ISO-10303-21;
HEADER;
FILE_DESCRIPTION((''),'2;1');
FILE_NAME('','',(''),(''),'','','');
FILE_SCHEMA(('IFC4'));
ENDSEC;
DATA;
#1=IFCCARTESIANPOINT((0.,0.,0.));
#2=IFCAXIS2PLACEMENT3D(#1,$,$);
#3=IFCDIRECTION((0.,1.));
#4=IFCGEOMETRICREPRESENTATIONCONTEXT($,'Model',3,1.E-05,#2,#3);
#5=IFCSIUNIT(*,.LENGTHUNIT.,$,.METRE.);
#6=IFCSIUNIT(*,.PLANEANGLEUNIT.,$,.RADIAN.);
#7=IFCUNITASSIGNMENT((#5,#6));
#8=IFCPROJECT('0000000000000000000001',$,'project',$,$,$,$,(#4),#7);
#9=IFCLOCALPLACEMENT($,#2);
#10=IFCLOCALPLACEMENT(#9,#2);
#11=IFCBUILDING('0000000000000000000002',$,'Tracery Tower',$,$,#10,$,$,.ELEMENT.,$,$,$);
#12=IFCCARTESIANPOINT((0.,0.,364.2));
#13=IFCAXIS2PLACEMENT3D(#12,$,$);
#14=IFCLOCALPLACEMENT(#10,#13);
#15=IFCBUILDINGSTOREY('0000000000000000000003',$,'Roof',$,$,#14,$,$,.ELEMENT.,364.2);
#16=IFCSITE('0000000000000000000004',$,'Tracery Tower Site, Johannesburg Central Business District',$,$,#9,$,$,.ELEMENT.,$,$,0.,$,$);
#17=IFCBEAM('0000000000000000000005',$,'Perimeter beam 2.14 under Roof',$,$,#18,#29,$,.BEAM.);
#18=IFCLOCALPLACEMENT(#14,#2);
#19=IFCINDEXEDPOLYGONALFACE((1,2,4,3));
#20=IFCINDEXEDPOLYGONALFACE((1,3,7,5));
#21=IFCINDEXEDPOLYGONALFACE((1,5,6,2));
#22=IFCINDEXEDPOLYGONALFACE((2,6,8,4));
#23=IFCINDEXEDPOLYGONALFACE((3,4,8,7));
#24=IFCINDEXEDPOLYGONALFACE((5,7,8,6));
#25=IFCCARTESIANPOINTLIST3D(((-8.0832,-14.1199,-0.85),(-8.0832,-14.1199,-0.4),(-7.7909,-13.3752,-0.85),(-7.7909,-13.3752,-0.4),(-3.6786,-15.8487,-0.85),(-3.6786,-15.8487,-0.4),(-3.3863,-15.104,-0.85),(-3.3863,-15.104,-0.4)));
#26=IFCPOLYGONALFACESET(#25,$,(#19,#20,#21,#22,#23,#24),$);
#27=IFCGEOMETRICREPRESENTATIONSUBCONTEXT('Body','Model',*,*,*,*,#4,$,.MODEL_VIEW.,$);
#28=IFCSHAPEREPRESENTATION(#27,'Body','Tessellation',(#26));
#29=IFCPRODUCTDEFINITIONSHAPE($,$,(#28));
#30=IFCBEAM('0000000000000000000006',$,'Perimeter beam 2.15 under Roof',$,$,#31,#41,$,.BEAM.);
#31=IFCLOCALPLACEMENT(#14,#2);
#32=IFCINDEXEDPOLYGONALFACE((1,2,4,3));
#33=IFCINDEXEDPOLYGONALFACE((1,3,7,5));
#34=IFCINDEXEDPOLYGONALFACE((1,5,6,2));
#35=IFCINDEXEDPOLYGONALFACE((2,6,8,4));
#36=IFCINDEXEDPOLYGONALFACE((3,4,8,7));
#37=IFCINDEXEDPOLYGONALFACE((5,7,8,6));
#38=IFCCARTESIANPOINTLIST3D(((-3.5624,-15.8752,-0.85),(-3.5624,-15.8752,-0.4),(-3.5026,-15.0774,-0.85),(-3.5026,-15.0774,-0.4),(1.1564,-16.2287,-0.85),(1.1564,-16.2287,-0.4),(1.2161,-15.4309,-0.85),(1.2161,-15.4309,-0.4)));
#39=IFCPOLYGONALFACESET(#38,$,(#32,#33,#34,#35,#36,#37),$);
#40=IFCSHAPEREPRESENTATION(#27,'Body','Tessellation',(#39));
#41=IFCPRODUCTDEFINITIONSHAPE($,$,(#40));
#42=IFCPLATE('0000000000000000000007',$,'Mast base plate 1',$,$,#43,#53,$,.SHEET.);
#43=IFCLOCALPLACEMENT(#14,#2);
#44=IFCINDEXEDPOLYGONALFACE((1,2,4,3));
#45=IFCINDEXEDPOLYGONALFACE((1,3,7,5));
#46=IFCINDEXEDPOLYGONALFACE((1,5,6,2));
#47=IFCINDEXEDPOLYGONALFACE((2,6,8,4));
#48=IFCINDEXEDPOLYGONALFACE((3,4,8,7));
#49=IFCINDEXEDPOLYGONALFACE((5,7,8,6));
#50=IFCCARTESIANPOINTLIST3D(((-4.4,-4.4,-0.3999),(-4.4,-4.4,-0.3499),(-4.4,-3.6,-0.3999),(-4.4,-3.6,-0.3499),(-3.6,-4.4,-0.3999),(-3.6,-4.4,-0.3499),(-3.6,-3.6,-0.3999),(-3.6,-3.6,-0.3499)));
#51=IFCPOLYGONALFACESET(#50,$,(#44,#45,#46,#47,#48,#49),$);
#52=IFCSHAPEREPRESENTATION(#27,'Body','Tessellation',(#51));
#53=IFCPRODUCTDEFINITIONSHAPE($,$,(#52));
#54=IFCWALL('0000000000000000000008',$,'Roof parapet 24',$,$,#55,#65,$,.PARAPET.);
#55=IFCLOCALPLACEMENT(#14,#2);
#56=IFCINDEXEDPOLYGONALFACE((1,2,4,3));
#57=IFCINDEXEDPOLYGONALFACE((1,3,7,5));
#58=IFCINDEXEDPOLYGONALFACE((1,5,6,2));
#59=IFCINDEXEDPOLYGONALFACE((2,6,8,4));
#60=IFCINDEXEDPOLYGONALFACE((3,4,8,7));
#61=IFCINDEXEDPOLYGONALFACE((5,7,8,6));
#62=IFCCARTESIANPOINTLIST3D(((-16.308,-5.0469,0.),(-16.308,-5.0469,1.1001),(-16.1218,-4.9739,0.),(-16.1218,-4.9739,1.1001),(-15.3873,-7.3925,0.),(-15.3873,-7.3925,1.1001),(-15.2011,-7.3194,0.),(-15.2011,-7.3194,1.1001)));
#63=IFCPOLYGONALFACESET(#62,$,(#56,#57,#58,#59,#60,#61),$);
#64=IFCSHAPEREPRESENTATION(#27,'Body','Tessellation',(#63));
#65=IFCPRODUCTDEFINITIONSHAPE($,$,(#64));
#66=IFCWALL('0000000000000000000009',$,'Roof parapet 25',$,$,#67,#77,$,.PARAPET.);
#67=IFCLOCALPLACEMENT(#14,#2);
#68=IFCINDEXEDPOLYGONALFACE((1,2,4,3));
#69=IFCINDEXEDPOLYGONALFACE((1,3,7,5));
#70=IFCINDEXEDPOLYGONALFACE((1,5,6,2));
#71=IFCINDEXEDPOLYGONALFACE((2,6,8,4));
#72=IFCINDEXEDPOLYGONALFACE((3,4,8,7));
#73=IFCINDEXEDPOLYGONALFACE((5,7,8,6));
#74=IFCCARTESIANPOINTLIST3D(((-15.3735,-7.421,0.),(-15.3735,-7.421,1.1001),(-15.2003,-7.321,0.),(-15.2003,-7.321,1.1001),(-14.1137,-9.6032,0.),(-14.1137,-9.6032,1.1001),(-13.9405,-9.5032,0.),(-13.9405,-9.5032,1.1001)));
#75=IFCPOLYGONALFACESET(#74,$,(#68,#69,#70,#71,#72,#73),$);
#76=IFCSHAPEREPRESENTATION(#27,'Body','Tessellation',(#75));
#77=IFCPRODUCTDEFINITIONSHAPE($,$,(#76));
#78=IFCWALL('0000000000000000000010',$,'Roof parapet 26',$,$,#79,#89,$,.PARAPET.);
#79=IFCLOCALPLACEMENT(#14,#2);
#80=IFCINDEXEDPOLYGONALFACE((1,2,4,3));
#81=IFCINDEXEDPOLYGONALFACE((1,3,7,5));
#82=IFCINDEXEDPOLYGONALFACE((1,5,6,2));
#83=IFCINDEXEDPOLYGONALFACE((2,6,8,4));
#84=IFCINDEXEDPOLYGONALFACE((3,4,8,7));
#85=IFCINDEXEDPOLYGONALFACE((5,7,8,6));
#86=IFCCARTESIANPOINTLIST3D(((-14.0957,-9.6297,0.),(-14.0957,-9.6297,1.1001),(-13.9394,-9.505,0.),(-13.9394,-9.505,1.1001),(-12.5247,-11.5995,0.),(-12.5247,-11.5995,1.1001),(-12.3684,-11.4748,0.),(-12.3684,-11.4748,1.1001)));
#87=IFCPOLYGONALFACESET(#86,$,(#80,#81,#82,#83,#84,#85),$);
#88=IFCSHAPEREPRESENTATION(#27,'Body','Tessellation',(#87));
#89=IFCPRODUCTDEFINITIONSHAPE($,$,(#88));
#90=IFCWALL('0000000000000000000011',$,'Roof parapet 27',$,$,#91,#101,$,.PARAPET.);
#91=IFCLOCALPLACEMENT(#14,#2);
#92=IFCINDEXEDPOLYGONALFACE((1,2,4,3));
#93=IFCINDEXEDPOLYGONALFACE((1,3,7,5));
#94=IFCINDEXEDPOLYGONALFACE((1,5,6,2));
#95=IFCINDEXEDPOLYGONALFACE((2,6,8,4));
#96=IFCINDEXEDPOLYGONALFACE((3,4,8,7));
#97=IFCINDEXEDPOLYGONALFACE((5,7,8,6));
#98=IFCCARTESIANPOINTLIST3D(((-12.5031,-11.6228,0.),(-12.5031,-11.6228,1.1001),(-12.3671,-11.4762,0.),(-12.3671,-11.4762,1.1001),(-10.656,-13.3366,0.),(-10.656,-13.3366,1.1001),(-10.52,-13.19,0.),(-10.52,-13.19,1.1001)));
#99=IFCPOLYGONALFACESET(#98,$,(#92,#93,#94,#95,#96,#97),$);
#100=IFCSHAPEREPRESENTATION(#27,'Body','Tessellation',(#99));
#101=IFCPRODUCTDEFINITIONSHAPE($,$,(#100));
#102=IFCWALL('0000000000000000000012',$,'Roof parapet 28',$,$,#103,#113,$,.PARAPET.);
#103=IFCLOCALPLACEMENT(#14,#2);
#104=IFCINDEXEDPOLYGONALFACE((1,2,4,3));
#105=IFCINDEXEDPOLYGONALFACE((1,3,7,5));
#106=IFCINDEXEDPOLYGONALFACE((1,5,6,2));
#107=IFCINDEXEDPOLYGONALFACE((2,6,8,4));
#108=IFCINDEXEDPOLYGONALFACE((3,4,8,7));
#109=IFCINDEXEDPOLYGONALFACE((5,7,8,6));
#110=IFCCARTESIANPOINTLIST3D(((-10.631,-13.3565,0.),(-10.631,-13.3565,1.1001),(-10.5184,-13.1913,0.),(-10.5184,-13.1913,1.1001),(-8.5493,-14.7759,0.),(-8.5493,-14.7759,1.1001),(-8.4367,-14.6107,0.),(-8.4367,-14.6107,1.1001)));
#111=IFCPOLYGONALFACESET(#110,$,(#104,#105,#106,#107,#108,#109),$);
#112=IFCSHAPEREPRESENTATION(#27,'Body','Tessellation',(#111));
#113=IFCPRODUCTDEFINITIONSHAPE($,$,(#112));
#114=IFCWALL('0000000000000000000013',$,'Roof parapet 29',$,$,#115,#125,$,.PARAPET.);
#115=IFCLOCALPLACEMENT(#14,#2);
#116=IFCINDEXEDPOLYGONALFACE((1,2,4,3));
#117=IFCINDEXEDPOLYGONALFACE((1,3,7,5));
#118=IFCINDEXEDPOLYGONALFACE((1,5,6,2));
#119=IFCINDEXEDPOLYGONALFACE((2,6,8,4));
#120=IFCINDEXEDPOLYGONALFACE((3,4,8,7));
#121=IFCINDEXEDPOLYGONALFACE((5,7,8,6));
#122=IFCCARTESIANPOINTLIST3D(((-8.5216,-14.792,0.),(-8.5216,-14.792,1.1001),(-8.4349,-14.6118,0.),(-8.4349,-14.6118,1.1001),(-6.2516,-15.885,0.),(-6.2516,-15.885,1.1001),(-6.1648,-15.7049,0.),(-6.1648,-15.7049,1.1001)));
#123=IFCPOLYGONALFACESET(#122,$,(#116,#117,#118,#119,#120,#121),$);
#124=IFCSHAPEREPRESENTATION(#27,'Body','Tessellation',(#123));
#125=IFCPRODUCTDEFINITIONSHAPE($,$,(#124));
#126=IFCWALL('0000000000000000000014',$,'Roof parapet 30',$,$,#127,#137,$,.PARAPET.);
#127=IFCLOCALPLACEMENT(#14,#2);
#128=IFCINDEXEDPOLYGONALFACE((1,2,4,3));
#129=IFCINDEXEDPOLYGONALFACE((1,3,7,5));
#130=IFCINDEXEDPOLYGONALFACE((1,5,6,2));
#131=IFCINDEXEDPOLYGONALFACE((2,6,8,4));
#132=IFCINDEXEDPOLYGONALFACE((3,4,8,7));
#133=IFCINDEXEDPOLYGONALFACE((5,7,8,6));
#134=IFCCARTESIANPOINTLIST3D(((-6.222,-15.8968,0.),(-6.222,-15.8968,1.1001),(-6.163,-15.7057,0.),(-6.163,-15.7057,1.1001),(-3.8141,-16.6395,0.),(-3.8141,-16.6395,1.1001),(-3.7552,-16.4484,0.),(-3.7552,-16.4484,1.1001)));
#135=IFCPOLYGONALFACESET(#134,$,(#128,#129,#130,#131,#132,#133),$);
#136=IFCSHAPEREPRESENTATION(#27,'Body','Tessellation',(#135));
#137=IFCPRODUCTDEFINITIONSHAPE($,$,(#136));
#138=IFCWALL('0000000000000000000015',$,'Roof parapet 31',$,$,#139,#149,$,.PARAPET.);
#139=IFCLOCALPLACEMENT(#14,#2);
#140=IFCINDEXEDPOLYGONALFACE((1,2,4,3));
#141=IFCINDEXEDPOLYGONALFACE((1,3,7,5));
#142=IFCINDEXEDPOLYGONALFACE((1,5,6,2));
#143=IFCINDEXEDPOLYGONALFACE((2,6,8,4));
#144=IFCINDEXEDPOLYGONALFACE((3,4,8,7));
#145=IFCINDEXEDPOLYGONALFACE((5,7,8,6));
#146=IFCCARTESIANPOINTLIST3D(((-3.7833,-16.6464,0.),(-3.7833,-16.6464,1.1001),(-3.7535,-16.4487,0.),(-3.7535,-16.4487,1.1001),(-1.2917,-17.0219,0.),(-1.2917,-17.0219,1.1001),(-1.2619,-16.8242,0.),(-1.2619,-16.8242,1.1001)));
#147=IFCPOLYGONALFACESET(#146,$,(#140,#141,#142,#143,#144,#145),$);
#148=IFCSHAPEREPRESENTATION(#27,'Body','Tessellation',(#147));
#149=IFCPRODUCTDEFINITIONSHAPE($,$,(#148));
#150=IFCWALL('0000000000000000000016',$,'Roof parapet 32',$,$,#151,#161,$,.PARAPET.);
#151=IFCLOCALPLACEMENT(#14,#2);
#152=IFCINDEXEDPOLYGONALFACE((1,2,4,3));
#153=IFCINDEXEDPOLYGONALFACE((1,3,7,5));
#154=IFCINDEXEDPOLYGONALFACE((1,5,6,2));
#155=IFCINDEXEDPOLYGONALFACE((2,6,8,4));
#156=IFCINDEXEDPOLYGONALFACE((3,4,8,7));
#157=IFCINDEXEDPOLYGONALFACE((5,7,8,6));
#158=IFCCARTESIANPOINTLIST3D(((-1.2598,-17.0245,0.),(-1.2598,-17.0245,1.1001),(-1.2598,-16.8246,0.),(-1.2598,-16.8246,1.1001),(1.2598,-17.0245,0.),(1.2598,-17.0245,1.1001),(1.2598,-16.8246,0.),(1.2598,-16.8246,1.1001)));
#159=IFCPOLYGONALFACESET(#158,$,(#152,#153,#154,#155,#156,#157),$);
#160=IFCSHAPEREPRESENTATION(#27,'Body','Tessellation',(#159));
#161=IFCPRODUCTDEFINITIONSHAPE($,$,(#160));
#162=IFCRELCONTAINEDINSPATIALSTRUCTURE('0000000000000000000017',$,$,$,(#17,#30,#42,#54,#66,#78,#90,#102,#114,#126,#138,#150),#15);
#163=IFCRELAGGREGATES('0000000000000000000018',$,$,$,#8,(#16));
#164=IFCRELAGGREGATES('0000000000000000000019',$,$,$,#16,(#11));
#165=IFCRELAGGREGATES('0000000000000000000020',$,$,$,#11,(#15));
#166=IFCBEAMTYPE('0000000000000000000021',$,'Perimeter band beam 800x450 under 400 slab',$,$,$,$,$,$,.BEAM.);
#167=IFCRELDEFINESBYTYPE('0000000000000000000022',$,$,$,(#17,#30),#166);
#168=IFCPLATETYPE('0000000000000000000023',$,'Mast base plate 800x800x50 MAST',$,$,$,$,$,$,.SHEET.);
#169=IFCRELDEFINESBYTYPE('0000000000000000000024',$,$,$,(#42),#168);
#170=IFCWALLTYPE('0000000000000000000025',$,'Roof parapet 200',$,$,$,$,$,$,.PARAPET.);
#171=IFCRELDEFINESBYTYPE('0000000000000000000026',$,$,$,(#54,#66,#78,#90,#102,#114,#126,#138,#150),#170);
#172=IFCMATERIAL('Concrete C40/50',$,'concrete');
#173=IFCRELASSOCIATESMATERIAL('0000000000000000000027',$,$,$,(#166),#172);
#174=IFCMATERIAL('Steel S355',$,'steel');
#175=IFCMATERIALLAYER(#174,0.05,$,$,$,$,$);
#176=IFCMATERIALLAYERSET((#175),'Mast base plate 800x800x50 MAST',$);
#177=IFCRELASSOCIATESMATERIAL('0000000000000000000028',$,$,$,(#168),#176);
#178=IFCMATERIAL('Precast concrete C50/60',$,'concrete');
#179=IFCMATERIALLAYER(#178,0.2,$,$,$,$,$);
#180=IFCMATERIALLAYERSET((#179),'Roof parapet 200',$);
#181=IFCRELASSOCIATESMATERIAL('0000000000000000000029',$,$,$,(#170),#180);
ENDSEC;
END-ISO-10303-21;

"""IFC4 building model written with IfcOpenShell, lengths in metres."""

from ifc_helpers import new_model, si_unit, direction, frame, frame_2d, origin, origin_2d, place, context, subcontext, project, spatial, rectangle, extrude, material, layer, layer_set, material_profile, profile_set, type_object, element, save


model = new_model("IFC4")

# Units and contexts
model_context = context("Model", 3, precision=1e-05, world=origin(), true_north=direction((0.0, 1.0)))
body_context = subcontext(model_context, "Body", "Model", "MODEL_VIEW")
ifc_project = project(units=[si_unit("LENGTHUNIT", "METRE"), si_unit("PLANEANGLEUNIT", "RADIAN")], contexts=[model_context])

# Site, building, storey
site_placement = place(None, origin())
site = spatial("IfcSite", under=ifc_project, at=site_placement, Name="Tracery Tower Site, Johannesburg Central Business District", CompositionType="ELEMENT", RefElevation=0.0)
building_placement = place(site_placement, origin())
building = spatial("IfcBuilding", under=site, at=building_placement, Name="Tracery Tower", CompositionType="ELEMENT")
storey_placement = place(building_placement, frame((0.0, 0.0, 364.2)))
storey = spatial("IfcBuildingStorey", under=building, at=storey_placement, Name="Roof", CompositionType="ELEMENT", Elevation=364.2)

# Beams
ifc_material_1 = material(Name="Concrete C40/50", Category="concrete")
ifc_material_profile_1 = material_profile(ifc_material_1, rectangle(XDim=0.8, YDim=0.45, at=origin_2d()), Name="RC 800x450")
ifc_profile_set_1 = profile_set([ifc_material_profile_1], Name="Concrete C40/50")
beam_type_1 = type_object("IfcBeamType", Name="Perimeter band beam 800x450 under 400 slab", PredefinedType="BEAM", material=ifc_profile_set_1)
beam_1_placement = place(storey_placement, frame((-7.937, -13.7476, -0.625), z_axis=(0.930866, -0.36536, 0.0), x_axis=(0.36536, 0.930866, 0.0)))
element("IfcBeam", 1, at=beam_1_placement, inside=storey, type_object=beam_type_1, Name="Perimeter beam 2.14 under Roof", PredefinedType="BEAM", context=body_context, shape_type="SweptSolid", body=[
    extrude(rectangle(XDim=0.8, YDim=0.45, at=origin_2d()), origin(), (0.0, 0.0, 1.0), 4.7317),
])
beam_2_placement = place(storey_placement, frame((-3.5325, -15.4763, -0.625), z_axis=(0.997205, -0.074708, 0.0), x_axis=(0.074708, 0.997205, 0.0)))
element("IfcBeam", 2, at=beam_2_placement, inside=storey, type_object=beam_type_1, Name="Perimeter beam 2.15 under Roof", PredefinedType="BEAM", context=body_context, shape_type="SweptSolid", body=[
    extrude(rectangle(XDim=0.8, YDim=0.45, at=origin_2d()), origin(), (0.0, 0.0, 1.0), 4.7319),
])

# Plate
ifc_material_2 = material(Name="Steel S355", Category="steel")
ifc_layer_1 = layer(ifc_material_2, 0.05)
ifc_layer_set_1 = layer_set([ifc_layer_1], Name="Mast base plate 800x800x50 MAST")
plate_type = type_object("IfcPlateType", Name="Mast base plate 800x800x50 MAST", PredefinedType="SHEET", material=ifc_layer_set_1)
plate_placement = place(storey_placement, frame((-4.0, -4.0, -0.3999), z_axis=(0.0, 0.0, 1.0), x_axis=(1.0, 0.0, 0.0)))
element("IfcPlate", 3, at=plate_placement, inside=storey, type_object=plate_type, Name="Mast base plate 1", PredefinedType="SHEET", context=body_context, shape_type="SweptSolid", body=[
    extrude(rectangle(XDim=0.8, YDim=0.8, at=origin_2d()), origin(), (0.0, 0.0, 1.0), 0.05),
])

# Walls
ifc_material_3 = material(Name="Precast concrete C50/60", Category="concrete")
ifc_layer_2 = layer(ifc_material_3, 0.2)
ifc_layer_set_2 = layer_set([ifc_layer_2], Name="Roof parapet 200")
wall_type = type_object("IfcWallType", Name="Roof parapet 200", PredefinedType="PARAPET", material=ifc_layer_set_2)
for number, where, z_axis, x_axis, name in (
    (4, (-16.2148, -5.0105, 0.0), (0.0, 0.0, 1.0), (0.365386, -0.930856, 0.0), "Roof parapet 24"),
    (5, (-15.2869, -7.3711, 0.0), (0.0, 0.0, 1.0), (0.499974, -0.86604, 0.0), "Roof parapet 25"),
):
    element("IfcWall", number, at=place(storey_placement, frame(where, z_axis=z_axis, x_axis=x_axis)), inside=storey, type_object=wall_type, Name=name, PredefinedType="PARAPET", context=body_context, shape_type="SweptSolid", body=[
        extrude(rectangle(XDim=2.5198, YDim=0.2, at=frame_2d((1.2598, 0.0))), origin(), (0.0, 0.0, 1.0), 1.1001),
    ])
wall_1_placement = place(storey_placement, frame((-14.0176, -9.5674, 0.0), z_axis=(0.0, 0.0, 1.0), x_axis=(0.623548, -0.781785, 0.0)))
element("IfcWall", 6, at=wall_1_placement, inside=storey, type_object=wall_type, Name="Roof parapet 26", PredefinedType="PARAPET", context=body_context, shape_type="SweptSolid", body=[
    extrude(rectangle(XDim=2.5195, YDim=0.2, at=frame_2d((1.2598, 0.0))), origin(), (0.0, 0.0, 1.0), 1.1001),
])
wall_2_placement = place(storey_placement, frame((-12.4351, -11.5496, 0.0), z_axis=(0.0, 0.0, 1.0), x_axis=(0.733063, -0.680161, 0.0)))
element("IfcWall", 7, at=wall_2_placement, inside=storey, type_object=wall_type, Name="Roof parapet 27", PredefinedType="PARAPET", context=body_context, shape_type="SweptSolid", body=[
    extrude(rectangle(XDim=2.5198, YDim=0.2, at=frame_2d((1.2598, 0.0))), origin(), (0.0, 0.0, 1.0), 1.1001),
])
for number, where, z_axis, x_axis, name in (
    (8, (-10.5747, -13.2739, 0.0), (0.0, 0.0, 1.0), (0.826221, -0.563346, 0.0), "Roof parapet 28"),
    (9, (-8.4783, -14.7019, 0.0), (0.0, 0.0, 1.0), (0.900995, -0.43383, 0.0), "Roof parapet 29"),
):
    element("IfcWall", number, at=place(storey_placement, frame(where, z_axis=z_axis, x_axis=x_axis)), inside=storey, type_object=wall_type, Name=name, PredefinedType="PARAPET", context=body_context, shape_type="SweptSolid", body=[
        extrude(rectangle(XDim=2.5195, YDim=0.2, at=frame_2d((1.2598, 0.0))), origin(), (0.0, 0.0, 1.0), 1.1001),
    ])
for number, where, z_axis, x_axis, name in (
    (10, (-6.1924, -15.8013, 0.0), (0.0, 0.0, 1.0), (0.955573, -0.294753, 0.0), "Roof parapet 30"),
    (11, (-3.7683, -16.5476, 0.0), (0.0, 0.0, 1.0), (0.988835, -0.149013, 0.0), "Roof parapet 31"),
):
    element("IfcWall", number, at=place(storey_placement, frame(where, z_axis=z_axis, x_axis=x_axis)), inside=storey, type_object=wall_type, Name=name, PredefinedType="PARAPET", context=body_context, shape_type="SweptSolid", body=[
        extrude(rectangle(XDim=2.5198, YDim=0.2, at=frame_2d((1.2598, 0.0))), origin(), (0.0, 0.0, 1.0), 1.1001),
    ])
wall_3_placement = place(storey_placement, frame((-1.2598, -16.9246, 0.0), z_axis=(0.0, 0.0, 1.0), x_axis=(1.0, 0.0, 0.0)))
element("IfcWall", 12, at=wall_3_placement, inside=storey, type_object=wall_type, Name="Roof parapet 32", PredefinedType="PARAPET", context=body_context, shape_type="SweptSolid", body=[
    extrude(rectangle(XDim=2.5195, YDim=0.2, at=frame_2d((1.2598, 0.0))), origin(), (0.0, 0.0, 1.0), 1.1001),
])

save(model, "model.ifc")
